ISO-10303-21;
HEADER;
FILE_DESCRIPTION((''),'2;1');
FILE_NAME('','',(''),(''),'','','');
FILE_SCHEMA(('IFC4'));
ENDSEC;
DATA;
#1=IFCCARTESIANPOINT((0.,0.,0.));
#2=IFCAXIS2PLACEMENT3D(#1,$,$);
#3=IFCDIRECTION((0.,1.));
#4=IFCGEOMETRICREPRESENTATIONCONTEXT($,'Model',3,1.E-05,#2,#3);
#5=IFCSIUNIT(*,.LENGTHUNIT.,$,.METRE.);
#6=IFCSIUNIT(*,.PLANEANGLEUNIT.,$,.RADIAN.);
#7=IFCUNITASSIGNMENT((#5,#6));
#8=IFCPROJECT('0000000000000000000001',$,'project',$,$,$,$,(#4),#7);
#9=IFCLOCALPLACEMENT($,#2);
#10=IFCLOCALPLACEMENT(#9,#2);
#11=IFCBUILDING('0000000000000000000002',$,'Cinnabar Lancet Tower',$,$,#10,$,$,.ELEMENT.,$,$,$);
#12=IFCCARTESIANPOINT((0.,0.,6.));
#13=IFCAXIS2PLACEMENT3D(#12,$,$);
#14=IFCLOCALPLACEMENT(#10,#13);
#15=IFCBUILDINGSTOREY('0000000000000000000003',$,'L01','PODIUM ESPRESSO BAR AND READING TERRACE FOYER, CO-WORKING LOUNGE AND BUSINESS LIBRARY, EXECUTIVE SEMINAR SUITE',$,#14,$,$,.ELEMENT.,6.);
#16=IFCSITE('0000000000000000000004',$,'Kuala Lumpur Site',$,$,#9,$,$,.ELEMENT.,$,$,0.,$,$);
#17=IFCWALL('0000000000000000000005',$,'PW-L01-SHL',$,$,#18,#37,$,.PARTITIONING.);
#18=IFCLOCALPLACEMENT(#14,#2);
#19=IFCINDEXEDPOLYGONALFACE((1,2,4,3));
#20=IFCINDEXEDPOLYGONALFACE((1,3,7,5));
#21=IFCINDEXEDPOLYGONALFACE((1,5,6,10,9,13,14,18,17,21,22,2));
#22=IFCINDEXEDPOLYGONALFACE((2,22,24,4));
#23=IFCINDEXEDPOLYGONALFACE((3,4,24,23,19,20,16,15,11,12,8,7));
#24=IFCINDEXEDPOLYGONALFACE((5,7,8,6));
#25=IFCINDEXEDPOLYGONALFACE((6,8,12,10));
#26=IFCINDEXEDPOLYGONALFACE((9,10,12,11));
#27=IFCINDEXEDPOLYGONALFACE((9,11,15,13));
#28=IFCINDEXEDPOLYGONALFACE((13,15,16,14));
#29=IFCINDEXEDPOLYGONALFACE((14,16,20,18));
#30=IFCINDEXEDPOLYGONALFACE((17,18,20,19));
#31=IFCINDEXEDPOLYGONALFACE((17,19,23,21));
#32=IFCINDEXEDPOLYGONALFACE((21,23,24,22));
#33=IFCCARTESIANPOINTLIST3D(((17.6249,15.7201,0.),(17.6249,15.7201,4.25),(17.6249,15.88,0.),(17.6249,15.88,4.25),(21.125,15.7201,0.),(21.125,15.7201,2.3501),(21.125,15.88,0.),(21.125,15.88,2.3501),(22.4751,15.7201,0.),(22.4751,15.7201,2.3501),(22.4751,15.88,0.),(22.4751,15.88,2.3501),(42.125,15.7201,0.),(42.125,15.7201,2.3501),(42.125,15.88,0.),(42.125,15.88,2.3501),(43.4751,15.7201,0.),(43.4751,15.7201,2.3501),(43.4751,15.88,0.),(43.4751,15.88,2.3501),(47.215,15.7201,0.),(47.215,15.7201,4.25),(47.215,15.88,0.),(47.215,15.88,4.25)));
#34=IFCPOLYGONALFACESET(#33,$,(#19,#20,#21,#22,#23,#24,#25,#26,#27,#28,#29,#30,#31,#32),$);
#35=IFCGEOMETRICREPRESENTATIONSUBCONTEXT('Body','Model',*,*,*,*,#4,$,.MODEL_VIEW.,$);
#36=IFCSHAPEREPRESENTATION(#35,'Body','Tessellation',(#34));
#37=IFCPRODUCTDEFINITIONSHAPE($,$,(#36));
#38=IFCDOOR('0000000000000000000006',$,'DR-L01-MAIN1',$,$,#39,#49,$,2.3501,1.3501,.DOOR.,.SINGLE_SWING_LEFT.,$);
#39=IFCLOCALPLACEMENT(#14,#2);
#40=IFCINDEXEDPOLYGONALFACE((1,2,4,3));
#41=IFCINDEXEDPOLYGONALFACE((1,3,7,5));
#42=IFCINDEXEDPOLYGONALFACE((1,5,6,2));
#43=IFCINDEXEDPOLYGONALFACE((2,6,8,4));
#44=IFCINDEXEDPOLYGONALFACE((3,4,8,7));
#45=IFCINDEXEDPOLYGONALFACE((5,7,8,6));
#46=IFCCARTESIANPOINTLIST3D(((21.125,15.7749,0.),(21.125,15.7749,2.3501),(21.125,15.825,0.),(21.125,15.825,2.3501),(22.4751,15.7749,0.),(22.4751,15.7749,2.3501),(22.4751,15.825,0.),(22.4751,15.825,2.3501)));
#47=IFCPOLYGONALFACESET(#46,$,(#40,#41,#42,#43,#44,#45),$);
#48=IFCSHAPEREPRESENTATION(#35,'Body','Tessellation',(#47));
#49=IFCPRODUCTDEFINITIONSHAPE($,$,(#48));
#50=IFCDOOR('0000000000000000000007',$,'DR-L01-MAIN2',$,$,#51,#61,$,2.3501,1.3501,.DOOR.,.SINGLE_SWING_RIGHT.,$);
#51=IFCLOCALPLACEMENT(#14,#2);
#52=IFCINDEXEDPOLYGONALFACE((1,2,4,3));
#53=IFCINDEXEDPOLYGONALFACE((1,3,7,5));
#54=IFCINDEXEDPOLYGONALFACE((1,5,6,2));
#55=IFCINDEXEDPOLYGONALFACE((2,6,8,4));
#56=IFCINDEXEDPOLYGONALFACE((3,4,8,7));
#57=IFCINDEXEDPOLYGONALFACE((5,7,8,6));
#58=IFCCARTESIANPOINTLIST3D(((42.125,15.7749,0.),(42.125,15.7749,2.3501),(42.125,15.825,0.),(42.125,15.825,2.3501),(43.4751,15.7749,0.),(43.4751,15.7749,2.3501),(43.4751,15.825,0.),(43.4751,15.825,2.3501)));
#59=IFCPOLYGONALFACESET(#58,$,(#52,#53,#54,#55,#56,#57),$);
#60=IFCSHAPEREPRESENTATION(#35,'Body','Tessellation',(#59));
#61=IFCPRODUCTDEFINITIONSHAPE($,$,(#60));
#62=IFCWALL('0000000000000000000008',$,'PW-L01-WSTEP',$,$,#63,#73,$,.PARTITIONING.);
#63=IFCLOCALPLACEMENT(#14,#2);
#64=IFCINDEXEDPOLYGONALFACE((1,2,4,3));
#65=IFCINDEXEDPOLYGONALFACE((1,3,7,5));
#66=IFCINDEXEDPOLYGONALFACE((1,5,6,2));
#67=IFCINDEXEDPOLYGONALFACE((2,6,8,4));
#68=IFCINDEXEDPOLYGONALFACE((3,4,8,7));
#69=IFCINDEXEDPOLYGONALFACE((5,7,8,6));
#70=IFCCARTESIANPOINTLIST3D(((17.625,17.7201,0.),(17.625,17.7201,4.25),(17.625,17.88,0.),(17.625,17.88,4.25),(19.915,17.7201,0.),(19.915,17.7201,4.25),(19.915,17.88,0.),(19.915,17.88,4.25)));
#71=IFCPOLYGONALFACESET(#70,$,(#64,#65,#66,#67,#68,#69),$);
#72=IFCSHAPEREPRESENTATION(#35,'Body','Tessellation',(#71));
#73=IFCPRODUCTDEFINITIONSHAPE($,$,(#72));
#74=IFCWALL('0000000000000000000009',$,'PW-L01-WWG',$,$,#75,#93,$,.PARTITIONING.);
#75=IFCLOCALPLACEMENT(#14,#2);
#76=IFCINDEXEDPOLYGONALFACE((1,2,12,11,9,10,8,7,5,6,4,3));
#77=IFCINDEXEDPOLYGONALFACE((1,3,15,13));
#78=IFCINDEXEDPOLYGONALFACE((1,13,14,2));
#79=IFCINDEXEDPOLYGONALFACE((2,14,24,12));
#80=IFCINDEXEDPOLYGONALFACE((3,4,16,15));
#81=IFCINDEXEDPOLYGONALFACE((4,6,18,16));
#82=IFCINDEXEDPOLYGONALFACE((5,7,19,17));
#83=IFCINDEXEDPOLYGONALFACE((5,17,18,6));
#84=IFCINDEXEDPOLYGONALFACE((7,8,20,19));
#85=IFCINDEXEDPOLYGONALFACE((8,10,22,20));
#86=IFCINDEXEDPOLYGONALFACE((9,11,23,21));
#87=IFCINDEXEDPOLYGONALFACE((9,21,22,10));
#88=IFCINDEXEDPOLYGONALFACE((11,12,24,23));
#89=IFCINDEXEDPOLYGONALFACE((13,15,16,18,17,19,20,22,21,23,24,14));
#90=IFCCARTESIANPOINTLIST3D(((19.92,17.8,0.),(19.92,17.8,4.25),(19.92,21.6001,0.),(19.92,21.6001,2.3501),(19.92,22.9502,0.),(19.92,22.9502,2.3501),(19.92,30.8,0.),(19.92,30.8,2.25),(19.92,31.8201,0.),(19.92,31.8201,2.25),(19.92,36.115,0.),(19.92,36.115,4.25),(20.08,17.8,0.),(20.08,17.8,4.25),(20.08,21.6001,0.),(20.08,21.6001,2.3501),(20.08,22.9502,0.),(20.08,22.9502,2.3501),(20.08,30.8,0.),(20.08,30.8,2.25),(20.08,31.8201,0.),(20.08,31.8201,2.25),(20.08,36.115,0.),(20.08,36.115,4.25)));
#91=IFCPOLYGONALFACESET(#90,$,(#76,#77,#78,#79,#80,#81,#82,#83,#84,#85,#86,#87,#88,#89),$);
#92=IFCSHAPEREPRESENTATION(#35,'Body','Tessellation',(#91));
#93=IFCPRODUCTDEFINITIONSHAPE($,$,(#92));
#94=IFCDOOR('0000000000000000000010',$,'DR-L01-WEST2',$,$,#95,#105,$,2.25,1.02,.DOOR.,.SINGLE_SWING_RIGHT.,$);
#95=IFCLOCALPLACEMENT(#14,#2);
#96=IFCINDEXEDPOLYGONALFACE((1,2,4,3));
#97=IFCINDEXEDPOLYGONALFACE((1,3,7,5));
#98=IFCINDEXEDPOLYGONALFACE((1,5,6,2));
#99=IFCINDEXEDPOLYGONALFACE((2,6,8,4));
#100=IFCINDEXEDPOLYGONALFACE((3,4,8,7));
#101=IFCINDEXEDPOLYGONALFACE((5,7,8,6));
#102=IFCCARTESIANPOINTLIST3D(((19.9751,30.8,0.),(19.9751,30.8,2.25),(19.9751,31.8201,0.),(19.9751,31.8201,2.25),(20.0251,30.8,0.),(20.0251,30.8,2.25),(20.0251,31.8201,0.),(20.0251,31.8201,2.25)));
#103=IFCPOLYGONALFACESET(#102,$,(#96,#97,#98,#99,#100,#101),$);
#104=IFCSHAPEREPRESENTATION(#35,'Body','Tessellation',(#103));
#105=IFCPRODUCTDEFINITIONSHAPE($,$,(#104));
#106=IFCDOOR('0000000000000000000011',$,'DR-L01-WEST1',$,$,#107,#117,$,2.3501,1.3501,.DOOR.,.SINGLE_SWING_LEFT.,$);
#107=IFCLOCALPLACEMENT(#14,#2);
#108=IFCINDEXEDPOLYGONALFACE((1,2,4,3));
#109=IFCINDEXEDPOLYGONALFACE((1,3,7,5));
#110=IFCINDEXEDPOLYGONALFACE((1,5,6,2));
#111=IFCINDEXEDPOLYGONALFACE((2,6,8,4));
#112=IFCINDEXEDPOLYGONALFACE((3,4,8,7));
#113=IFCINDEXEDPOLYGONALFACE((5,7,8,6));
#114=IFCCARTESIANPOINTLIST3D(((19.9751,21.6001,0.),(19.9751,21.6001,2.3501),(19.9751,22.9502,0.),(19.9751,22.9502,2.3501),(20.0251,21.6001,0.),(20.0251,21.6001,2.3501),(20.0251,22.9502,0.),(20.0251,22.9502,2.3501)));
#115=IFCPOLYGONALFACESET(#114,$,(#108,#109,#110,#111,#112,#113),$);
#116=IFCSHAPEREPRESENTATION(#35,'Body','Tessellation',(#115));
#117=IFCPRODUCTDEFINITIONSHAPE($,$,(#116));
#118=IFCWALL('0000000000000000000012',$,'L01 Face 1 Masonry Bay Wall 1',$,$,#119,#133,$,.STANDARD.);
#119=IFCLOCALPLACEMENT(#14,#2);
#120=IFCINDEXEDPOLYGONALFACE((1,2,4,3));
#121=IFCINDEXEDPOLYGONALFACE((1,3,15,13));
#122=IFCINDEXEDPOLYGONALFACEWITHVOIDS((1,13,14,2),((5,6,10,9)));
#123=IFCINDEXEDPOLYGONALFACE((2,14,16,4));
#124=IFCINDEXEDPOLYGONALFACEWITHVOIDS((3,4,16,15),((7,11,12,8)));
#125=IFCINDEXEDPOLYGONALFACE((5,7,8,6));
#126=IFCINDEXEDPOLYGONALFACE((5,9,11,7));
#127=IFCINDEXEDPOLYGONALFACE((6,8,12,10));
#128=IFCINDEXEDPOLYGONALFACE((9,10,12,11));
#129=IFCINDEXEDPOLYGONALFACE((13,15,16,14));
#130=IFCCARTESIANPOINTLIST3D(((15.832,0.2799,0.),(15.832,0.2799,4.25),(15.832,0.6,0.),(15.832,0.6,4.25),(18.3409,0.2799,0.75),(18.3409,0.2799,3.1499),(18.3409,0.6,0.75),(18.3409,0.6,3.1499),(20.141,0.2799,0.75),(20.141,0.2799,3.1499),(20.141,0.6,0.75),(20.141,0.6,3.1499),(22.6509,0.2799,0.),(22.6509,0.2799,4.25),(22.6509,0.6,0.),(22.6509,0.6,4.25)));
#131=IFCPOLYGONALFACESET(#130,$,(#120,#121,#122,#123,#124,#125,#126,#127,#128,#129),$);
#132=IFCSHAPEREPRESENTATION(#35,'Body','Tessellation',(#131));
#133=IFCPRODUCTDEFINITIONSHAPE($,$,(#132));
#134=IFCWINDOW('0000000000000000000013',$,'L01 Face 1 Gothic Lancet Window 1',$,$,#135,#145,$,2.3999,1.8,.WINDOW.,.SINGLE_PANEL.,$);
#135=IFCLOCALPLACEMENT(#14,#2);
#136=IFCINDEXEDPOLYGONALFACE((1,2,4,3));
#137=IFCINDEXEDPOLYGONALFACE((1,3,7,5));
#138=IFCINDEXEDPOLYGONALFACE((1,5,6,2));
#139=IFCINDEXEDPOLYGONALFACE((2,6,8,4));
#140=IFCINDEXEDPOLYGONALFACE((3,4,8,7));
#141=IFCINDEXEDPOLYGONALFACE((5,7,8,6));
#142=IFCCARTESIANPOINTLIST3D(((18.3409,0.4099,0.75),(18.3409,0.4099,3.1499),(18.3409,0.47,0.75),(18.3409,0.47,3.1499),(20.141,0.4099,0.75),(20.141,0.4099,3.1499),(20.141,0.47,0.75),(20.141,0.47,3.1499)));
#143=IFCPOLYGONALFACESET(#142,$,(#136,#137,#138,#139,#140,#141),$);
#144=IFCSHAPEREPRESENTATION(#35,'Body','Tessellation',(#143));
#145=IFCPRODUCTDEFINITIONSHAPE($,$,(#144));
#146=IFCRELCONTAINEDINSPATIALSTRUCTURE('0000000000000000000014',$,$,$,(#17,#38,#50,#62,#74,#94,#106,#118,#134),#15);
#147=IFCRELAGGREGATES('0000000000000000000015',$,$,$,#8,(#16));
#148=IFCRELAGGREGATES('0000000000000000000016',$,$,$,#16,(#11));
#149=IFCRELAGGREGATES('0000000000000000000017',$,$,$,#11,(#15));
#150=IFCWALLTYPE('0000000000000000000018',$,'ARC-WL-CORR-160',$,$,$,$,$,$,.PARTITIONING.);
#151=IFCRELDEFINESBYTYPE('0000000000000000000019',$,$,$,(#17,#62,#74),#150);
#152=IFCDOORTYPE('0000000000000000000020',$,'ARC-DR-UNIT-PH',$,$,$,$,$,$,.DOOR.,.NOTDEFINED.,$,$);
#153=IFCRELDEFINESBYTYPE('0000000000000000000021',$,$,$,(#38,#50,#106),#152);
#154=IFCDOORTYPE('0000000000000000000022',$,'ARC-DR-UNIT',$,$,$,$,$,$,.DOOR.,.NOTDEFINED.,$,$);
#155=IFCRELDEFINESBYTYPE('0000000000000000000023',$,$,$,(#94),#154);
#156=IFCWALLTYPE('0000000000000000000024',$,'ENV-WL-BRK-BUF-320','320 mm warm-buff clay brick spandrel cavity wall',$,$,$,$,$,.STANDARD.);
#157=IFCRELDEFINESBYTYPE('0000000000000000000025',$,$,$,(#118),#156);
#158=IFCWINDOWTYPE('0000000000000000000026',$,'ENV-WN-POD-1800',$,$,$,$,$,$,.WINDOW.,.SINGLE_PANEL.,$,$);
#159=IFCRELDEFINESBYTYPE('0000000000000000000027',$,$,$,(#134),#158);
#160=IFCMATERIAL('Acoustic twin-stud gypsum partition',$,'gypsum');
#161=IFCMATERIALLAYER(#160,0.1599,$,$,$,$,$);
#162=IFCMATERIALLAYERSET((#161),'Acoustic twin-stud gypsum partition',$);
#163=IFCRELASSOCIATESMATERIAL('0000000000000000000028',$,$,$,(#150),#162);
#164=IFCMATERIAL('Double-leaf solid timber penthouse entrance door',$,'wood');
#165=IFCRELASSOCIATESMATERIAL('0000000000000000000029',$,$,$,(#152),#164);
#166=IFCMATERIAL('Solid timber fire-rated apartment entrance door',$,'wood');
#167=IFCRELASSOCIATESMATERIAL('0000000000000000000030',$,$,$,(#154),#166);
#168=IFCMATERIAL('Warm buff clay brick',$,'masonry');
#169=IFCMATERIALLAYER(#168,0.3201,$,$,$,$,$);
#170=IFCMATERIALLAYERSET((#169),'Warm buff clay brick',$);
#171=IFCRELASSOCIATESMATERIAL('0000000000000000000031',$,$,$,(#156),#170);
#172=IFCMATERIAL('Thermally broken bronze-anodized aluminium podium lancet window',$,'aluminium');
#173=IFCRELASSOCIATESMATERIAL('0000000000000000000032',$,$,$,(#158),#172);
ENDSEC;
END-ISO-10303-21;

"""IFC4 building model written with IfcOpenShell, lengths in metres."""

from ifc_helpers import new_model, si_unit, direction, frame, frame_2d, origin, place, context, subcontext, project, spatial, rectangle, extrude, material, layer, layer_set, type_object, element, fill, save


model = new_model("IFC4")

# Units and contexts
model_context = context("Model", 3, precision=1e-05, world=origin(), true_north=direction((0.0, 1.0)))
body_context = subcontext(model_context, "Body", "Model", "MODEL_VIEW")
ifc_project = project(units=[si_unit("LENGTHUNIT", "METRE"), si_unit("PLANEANGLEUNIT", "RADIAN")], contexts=[model_context])

# Site, building, storey
site_placement = place(None, origin())
site = spatial("IfcSite", under=ifc_project, at=site_placement, Name="Kuala Lumpur Site", CompositionType="ELEMENT", RefElevation=0.0)
building_placement = place(site_placement, origin())
building = spatial("IfcBuilding", under=site, at=building_placement, Name="Cinnabar Lancet Tower", CompositionType="ELEMENT")
storey_placement = place(building_placement, frame((0.0, 0.0, 6.0)))
storey = spatial("IfcBuildingStorey", under=building, at=storey_placement, Name="L01", Description="PODIUM ESPRESSO BAR AND READING TERRACE FOYER, CO-WORKING LOUNGE AND BUSINESS LIBRARY, EXECUTIVE SEMINAR SUITE", CompositionType="ELEMENT", Elevation=6.0)

# Wall, openings, doors
ifc_material_1 = material(Name="Acoustic twin-stud gypsum partition", Category="gypsum")
ifc_layer_1 = layer(ifc_material_1, 0.1599)
ifc_layer_set_1 = layer_set([ifc_layer_1], Name="Acoustic twin-stud gypsum partition")
wall_type_1 = type_object("IfcWallType", Name="ARC-WL-CORR-160", PredefinedType="PARTITIONING", material=ifc_layer_set_1)
wall_1_placement = place(storey_placement, frame((17.625, 15.8, 0.0), z_axis=(0.0, 0.0, 1.0), x_axis=(1.0, 0.0, 0.0)))
wall_1 = element("IfcWall", 1, at=wall_1_placement, inside=storey, type_object=wall_type_1, Name="PW-L01-SHL", PredefinedType="PARTITIONING", context=body_context, shape_type="SweptSolid", body=[
    extrude(rectangle(XDim=29.5901, YDim=0.1599, at=frame_2d((14.7949, 0.0))), origin(), (0.0, 0.0, 1.0), 4.25),
])
opening_1_placement = place(wall_1_placement, frame((3.5, 0.0, 0.0)))
opening_1 = element("IfcOpeningElement", 2, at=opening_1_placement, cuts=wall_1, PredefinedType="OPENING", context=body_context, shape_type="SweptSolid", body=[
    extrude(rectangle(XDim=1.3501, YDim=2.3501, at=frame_2d((0.675, 1.175))), frame((0.0, 0.0898, 0.0), z_axis=(0.0, -1.0, 0.0), x_axis=(1.0, 0.0, 0.0)), (0.0, 0.0, 1.0), 0.1799),
])
opening_2_placement = place(wall_1_placement, frame((24.5, 0.0, 0.0)))
opening_2 = element("IfcOpeningElement", 3, at=opening_2_placement, cuts=wall_1, PredefinedType="OPENING", context=body_context, shape_type="SweptSolid", body=[
    extrude(rectangle(XDim=1.3501, YDim=2.3501, at=frame_2d((0.675, 1.175))), frame((0.0, 0.0898, 0.0), z_axis=(0.0, -1.0, 0.0), x_axis=(1.0, 0.0, 0.0)), (0.0, 0.0, 1.0), 0.1799),
])
ifc_material_2 = material(Name="Double-leaf solid timber penthouse entrance door", Category="wood")
door_type_1 = type_object("IfcDoorType", Name="ARC-DR-UNIT-PH", OperationType="NOTDEFINED", PredefinedType="DOOR", material=ifc_material_2)
door_1_placement = place(opening_1_placement, origin())
door_1 = element("IfcDoor", 4, at=door_1_placement, inside=storey, type_object=door_type_1, Name="DR-L01-MAIN1", OperationType="SINGLE_SWING_LEFT", OverallHeight=2.3501, OverallWidth=1.3501, PredefinedType="DOOR", context=body_context, shape_type="SweptSolid", body=[
    extrude(rectangle(XDim=1.3501, YDim=2.3501, at=frame_2d((0.675, 1.175))), frame((0.0, 0.0249, 0.0), z_axis=(0.0, -1.0, 0.0), x_axis=(1.0, 0.0, 0.0)), (0.0, 0.0, 1.0), 0.05),
])
fill(opening_1, door_1)
door_2_placement = place(opening_2_placement, origin())
door_2 = element("IfcDoor", 5, at=door_2_placement, inside=storey, type_object=door_type_1, Name="DR-L01-MAIN2", OperationType="SINGLE_SWING_RIGHT", OverallHeight=2.3501, OverallWidth=1.3501, PredefinedType="DOOR", context=body_context, shape_type="SweptSolid", body=[
    extrude(rectangle(XDim=1.3501, YDim=2.3501, at=frame_2d((0.675, 1.175))), frame((0.0, 0.0249, 0.0), z_axis=(0.0, -1.0, 0.0), x_axis=(1.0, 0.0, 0.0)), (0.0, 0.0, 1.0), 0.05),
])
fill(opening_2, door_2)

# Wall
wall_2_placement = place(storey_placement, frame((17.625, 17.8, 0.0), z_axis=(0.0, 0.0, 1.0), x_axis=(1.0, 0.0, 0.0)))
element("IfcWall", 6, at=wall_2_placement, inside=storey, type_object=wall_type_1, Name="PW-L01-WSTEP", PredefinedType="PARTITIONING", context=body_context, shape_type="SweptSolid", body=[
    extrude(rectangle(XDim=2.29, YDim=0.1599, at=frame_2d((1.145, 0.0))), origin(), (0.0, 0.0, 1.0), 4.25),
])

# Wall, openings, doors
wall_3_placement = place(storey_placement, frame((20.0, 17.8, 0.0), z_axis=(0.0, 0.0, 1.0), x_axis=(0.0, 1.0, 0.0)))
wall_3 = element("IfcWall", 7, at=wall_3_placement, inside=storey, type_object=wall_type_1, Name="PW-L01-WWG", PredefinedType="PARTITIONING", context=body_context, shape_type="SweptSolid", body=[
    extrude(rectangle(XDim=18.3149, YDim=0.1599, at=frame_2d((9.1575, 0.0))), origin(), (0.0, 0.0, 1.0), 4.25),
])
opening_3_placement = place(wall_3_placement, frame((3.8, 0.0, 0.0)))
opening_3 = element("IfcOpeningElement", 8, at=opening_3_placement, cuts=wall_3, PredefinedType="OPENING", context=body_context, shape_type="SweptSolid", body=[
    extrude(rectangle(XDim=1.3501, YDim=2.3501, at=frame_2d((0.675, 1.175))), frame((0.0, 0.0898, 0.0), z_axis=(0.0, -1.0, 0.0), x_axis=(1.0, 0.0, 0.0)), (0.0, 0.0, 1.0), 0.1799),
])
opening_4_placement = place(wall_3_placement, frame((13.0, 0.0, 0.0)))
opening_4 = element("IfcOpeningElement", 9, at=opening_4_placement, cuts=wall_3, PredefinedType="OPENING", context=body_context, shape_type="SweptSolid", body=[
    extrude(rectangle(XDim=1.02, YDim=2.25, at=frame_2d((0.51, 1.125))), frame((0.0, 0.0898, 0.0), z_axis=(0.0, -1.0, 0.0), x_axis=(1.0, 0.0, 0.0)), (0.0, 0.0, 1.0), 0.1799),
])
ifc_material_3 = material(Name="Solid timber fire-rated apartment entrance door", Category="wood")
door_type_2 = type_object("IfcDoorType", Name="ARC-DR-UNIT", OperationType="NOTDEFINED", PredefinedType="DOOR", material=ifc_material_3)
door_3_placement = place(opening_4_placement, origin())
door_3 = element("IfcDoor", 10, at=door_3_placement, inside=storey, type_object=door_type_2, Name="DR-L01-WEST2", OperationType="SINGLE_SWING_RIGHT", OverallHeight=2.25, OverallWidth=1.02, PredefinedType="DOOR", context=body_context, shape_type="SweptSolid", body=[
    extrude(rectangle(XDim=1.02, YDim=2.25, at=frame_2d((0.51, 1.125))), frame((0.0, 0.0249, 0.0), z_axis=(0.0, -1.0, 0.0), x_axis=(1.0, 0.0, 0.0)), (0.0, 0.0, 1.0), 0.05),
])
fill(opening_4, door_3)
door_4_placement = place(opening_3_placement, origin())
door_4 = element("IfcDoor", 11, at=door_4_placement, inside=storey, type_object=door_type_1, Name="DR-L01-WEST1", OperationType="SINGLE_SWING_LEFT", OverallHeight=2.3501, OverallWidth=1.3501, PredefinedType="DOOR", context=body_context, shape_type="SweptSolid", body=[
    extrude(rectangle(XDim=1.3501, YDim=2.3501, at=frame_2d((0.675, 1.175))), frame((0.0, 0.0249, 0.0), z_axis=(0.0, -1.0, 0.0), x_axis=(1.0, 0.0, 0.0)), (0.0, 0.0, 1.0), 0.05),
])
fill(opening_3, door_4)

# Wall, opening, window
ifc_material_4 = material(Name="Warm buff clay brick", Category="masonry")
ifc_layer_2 = layer(ifc_material_4, 0.3201)
ifc_layer_set_2 = layer_set([ifc_layer_2], Name="Warm buff clay brick")
wall_type_2 = type_object("IfcWallType", Name="ENV-WL-BRK-BUF-320", Description="320 mm warm-buff clay brick spandrel cavity wall", PredefinedType="STANDARD", material=ifc_layer_set_2)
wall_4_placement = place(storey_placement, frame((15.832, 0.4399, 0.0), z_axis=(0.0, 0.0, 1.0), x_axis=(1.0, 0.0, 0.0)))
wall_4 = element("IfcWall", 12, at=wall_4_placement, inside=storey, type_object=wall_type_2, Name="L01 Face 1 Masonry Bay Wall 1", PredefinedType="STANDARD", context=body_context, shape_type="SweptSolid", body=[
    extrude(rectangle(XDim=6.8188, YDim=0.3201, at=frame_2d((3.4094, 0.0))), origin(), (0.0, 0.0, 1.0), 4.25),
])
opening_5_placement = place(wall_4_placement, frame((2.509, 0.0, 0.75)))
opening_5 = element("IfcOpeningElement", 13, at=opening_5_placement, cuts=wall_4, PredefinedType="OPENING", context=body_context, shape_type="SweptSolid", body=[
    extrude(rectangle(XDim=1.8, YDim=2.3999, at=frame_2d((0.8999, 1.2))), frame((0.0, 0.1699, 0.0), z_axis=(0.0, -1.0, 0.0), x_axis=(1.0, 0.0, 0.0)), (0.0, 0.0, 1.0), 0.3401),
])
ifc_material_5 = material(Name="Thermally broken bronze-anodized aluminium podium lancet window", Category="aluminium")
window_type = type_object("IfcWindowType", Name="ENV-WN-POD-1800", PartitioningType="SINGLE_PANEL", PredefinedType="WINDOW", material=ifc_material_5)
window_placement = place(opening_5_placement, origin())
window = element("IfcWindow", 14, at=window_placement, inside=storey, type_object=window_type, Name="L01 Face 1 Gothic Lancet Window 1", OverallHeight=2.3999, OverallWidth=1.8, PartitioningType="SINGLE_PANEL", PredefinedType="WINDOW", context=body_context, shape_type="SweptSolid", body=[
    extrude(rectangle(XDim=1.8, YDim=2.3999, at=frame_2d((0.8999, 1.2))), frame((0.0, 0.03, 0.0), z_axis=(0.0, -1.0, 0.0), x_axis=(1.0, 0.0, 0.0)), (0.0, 0.0, 1.0), 0.0601),
])
fill(opening_5, window)

save(model, "model.ifc")
